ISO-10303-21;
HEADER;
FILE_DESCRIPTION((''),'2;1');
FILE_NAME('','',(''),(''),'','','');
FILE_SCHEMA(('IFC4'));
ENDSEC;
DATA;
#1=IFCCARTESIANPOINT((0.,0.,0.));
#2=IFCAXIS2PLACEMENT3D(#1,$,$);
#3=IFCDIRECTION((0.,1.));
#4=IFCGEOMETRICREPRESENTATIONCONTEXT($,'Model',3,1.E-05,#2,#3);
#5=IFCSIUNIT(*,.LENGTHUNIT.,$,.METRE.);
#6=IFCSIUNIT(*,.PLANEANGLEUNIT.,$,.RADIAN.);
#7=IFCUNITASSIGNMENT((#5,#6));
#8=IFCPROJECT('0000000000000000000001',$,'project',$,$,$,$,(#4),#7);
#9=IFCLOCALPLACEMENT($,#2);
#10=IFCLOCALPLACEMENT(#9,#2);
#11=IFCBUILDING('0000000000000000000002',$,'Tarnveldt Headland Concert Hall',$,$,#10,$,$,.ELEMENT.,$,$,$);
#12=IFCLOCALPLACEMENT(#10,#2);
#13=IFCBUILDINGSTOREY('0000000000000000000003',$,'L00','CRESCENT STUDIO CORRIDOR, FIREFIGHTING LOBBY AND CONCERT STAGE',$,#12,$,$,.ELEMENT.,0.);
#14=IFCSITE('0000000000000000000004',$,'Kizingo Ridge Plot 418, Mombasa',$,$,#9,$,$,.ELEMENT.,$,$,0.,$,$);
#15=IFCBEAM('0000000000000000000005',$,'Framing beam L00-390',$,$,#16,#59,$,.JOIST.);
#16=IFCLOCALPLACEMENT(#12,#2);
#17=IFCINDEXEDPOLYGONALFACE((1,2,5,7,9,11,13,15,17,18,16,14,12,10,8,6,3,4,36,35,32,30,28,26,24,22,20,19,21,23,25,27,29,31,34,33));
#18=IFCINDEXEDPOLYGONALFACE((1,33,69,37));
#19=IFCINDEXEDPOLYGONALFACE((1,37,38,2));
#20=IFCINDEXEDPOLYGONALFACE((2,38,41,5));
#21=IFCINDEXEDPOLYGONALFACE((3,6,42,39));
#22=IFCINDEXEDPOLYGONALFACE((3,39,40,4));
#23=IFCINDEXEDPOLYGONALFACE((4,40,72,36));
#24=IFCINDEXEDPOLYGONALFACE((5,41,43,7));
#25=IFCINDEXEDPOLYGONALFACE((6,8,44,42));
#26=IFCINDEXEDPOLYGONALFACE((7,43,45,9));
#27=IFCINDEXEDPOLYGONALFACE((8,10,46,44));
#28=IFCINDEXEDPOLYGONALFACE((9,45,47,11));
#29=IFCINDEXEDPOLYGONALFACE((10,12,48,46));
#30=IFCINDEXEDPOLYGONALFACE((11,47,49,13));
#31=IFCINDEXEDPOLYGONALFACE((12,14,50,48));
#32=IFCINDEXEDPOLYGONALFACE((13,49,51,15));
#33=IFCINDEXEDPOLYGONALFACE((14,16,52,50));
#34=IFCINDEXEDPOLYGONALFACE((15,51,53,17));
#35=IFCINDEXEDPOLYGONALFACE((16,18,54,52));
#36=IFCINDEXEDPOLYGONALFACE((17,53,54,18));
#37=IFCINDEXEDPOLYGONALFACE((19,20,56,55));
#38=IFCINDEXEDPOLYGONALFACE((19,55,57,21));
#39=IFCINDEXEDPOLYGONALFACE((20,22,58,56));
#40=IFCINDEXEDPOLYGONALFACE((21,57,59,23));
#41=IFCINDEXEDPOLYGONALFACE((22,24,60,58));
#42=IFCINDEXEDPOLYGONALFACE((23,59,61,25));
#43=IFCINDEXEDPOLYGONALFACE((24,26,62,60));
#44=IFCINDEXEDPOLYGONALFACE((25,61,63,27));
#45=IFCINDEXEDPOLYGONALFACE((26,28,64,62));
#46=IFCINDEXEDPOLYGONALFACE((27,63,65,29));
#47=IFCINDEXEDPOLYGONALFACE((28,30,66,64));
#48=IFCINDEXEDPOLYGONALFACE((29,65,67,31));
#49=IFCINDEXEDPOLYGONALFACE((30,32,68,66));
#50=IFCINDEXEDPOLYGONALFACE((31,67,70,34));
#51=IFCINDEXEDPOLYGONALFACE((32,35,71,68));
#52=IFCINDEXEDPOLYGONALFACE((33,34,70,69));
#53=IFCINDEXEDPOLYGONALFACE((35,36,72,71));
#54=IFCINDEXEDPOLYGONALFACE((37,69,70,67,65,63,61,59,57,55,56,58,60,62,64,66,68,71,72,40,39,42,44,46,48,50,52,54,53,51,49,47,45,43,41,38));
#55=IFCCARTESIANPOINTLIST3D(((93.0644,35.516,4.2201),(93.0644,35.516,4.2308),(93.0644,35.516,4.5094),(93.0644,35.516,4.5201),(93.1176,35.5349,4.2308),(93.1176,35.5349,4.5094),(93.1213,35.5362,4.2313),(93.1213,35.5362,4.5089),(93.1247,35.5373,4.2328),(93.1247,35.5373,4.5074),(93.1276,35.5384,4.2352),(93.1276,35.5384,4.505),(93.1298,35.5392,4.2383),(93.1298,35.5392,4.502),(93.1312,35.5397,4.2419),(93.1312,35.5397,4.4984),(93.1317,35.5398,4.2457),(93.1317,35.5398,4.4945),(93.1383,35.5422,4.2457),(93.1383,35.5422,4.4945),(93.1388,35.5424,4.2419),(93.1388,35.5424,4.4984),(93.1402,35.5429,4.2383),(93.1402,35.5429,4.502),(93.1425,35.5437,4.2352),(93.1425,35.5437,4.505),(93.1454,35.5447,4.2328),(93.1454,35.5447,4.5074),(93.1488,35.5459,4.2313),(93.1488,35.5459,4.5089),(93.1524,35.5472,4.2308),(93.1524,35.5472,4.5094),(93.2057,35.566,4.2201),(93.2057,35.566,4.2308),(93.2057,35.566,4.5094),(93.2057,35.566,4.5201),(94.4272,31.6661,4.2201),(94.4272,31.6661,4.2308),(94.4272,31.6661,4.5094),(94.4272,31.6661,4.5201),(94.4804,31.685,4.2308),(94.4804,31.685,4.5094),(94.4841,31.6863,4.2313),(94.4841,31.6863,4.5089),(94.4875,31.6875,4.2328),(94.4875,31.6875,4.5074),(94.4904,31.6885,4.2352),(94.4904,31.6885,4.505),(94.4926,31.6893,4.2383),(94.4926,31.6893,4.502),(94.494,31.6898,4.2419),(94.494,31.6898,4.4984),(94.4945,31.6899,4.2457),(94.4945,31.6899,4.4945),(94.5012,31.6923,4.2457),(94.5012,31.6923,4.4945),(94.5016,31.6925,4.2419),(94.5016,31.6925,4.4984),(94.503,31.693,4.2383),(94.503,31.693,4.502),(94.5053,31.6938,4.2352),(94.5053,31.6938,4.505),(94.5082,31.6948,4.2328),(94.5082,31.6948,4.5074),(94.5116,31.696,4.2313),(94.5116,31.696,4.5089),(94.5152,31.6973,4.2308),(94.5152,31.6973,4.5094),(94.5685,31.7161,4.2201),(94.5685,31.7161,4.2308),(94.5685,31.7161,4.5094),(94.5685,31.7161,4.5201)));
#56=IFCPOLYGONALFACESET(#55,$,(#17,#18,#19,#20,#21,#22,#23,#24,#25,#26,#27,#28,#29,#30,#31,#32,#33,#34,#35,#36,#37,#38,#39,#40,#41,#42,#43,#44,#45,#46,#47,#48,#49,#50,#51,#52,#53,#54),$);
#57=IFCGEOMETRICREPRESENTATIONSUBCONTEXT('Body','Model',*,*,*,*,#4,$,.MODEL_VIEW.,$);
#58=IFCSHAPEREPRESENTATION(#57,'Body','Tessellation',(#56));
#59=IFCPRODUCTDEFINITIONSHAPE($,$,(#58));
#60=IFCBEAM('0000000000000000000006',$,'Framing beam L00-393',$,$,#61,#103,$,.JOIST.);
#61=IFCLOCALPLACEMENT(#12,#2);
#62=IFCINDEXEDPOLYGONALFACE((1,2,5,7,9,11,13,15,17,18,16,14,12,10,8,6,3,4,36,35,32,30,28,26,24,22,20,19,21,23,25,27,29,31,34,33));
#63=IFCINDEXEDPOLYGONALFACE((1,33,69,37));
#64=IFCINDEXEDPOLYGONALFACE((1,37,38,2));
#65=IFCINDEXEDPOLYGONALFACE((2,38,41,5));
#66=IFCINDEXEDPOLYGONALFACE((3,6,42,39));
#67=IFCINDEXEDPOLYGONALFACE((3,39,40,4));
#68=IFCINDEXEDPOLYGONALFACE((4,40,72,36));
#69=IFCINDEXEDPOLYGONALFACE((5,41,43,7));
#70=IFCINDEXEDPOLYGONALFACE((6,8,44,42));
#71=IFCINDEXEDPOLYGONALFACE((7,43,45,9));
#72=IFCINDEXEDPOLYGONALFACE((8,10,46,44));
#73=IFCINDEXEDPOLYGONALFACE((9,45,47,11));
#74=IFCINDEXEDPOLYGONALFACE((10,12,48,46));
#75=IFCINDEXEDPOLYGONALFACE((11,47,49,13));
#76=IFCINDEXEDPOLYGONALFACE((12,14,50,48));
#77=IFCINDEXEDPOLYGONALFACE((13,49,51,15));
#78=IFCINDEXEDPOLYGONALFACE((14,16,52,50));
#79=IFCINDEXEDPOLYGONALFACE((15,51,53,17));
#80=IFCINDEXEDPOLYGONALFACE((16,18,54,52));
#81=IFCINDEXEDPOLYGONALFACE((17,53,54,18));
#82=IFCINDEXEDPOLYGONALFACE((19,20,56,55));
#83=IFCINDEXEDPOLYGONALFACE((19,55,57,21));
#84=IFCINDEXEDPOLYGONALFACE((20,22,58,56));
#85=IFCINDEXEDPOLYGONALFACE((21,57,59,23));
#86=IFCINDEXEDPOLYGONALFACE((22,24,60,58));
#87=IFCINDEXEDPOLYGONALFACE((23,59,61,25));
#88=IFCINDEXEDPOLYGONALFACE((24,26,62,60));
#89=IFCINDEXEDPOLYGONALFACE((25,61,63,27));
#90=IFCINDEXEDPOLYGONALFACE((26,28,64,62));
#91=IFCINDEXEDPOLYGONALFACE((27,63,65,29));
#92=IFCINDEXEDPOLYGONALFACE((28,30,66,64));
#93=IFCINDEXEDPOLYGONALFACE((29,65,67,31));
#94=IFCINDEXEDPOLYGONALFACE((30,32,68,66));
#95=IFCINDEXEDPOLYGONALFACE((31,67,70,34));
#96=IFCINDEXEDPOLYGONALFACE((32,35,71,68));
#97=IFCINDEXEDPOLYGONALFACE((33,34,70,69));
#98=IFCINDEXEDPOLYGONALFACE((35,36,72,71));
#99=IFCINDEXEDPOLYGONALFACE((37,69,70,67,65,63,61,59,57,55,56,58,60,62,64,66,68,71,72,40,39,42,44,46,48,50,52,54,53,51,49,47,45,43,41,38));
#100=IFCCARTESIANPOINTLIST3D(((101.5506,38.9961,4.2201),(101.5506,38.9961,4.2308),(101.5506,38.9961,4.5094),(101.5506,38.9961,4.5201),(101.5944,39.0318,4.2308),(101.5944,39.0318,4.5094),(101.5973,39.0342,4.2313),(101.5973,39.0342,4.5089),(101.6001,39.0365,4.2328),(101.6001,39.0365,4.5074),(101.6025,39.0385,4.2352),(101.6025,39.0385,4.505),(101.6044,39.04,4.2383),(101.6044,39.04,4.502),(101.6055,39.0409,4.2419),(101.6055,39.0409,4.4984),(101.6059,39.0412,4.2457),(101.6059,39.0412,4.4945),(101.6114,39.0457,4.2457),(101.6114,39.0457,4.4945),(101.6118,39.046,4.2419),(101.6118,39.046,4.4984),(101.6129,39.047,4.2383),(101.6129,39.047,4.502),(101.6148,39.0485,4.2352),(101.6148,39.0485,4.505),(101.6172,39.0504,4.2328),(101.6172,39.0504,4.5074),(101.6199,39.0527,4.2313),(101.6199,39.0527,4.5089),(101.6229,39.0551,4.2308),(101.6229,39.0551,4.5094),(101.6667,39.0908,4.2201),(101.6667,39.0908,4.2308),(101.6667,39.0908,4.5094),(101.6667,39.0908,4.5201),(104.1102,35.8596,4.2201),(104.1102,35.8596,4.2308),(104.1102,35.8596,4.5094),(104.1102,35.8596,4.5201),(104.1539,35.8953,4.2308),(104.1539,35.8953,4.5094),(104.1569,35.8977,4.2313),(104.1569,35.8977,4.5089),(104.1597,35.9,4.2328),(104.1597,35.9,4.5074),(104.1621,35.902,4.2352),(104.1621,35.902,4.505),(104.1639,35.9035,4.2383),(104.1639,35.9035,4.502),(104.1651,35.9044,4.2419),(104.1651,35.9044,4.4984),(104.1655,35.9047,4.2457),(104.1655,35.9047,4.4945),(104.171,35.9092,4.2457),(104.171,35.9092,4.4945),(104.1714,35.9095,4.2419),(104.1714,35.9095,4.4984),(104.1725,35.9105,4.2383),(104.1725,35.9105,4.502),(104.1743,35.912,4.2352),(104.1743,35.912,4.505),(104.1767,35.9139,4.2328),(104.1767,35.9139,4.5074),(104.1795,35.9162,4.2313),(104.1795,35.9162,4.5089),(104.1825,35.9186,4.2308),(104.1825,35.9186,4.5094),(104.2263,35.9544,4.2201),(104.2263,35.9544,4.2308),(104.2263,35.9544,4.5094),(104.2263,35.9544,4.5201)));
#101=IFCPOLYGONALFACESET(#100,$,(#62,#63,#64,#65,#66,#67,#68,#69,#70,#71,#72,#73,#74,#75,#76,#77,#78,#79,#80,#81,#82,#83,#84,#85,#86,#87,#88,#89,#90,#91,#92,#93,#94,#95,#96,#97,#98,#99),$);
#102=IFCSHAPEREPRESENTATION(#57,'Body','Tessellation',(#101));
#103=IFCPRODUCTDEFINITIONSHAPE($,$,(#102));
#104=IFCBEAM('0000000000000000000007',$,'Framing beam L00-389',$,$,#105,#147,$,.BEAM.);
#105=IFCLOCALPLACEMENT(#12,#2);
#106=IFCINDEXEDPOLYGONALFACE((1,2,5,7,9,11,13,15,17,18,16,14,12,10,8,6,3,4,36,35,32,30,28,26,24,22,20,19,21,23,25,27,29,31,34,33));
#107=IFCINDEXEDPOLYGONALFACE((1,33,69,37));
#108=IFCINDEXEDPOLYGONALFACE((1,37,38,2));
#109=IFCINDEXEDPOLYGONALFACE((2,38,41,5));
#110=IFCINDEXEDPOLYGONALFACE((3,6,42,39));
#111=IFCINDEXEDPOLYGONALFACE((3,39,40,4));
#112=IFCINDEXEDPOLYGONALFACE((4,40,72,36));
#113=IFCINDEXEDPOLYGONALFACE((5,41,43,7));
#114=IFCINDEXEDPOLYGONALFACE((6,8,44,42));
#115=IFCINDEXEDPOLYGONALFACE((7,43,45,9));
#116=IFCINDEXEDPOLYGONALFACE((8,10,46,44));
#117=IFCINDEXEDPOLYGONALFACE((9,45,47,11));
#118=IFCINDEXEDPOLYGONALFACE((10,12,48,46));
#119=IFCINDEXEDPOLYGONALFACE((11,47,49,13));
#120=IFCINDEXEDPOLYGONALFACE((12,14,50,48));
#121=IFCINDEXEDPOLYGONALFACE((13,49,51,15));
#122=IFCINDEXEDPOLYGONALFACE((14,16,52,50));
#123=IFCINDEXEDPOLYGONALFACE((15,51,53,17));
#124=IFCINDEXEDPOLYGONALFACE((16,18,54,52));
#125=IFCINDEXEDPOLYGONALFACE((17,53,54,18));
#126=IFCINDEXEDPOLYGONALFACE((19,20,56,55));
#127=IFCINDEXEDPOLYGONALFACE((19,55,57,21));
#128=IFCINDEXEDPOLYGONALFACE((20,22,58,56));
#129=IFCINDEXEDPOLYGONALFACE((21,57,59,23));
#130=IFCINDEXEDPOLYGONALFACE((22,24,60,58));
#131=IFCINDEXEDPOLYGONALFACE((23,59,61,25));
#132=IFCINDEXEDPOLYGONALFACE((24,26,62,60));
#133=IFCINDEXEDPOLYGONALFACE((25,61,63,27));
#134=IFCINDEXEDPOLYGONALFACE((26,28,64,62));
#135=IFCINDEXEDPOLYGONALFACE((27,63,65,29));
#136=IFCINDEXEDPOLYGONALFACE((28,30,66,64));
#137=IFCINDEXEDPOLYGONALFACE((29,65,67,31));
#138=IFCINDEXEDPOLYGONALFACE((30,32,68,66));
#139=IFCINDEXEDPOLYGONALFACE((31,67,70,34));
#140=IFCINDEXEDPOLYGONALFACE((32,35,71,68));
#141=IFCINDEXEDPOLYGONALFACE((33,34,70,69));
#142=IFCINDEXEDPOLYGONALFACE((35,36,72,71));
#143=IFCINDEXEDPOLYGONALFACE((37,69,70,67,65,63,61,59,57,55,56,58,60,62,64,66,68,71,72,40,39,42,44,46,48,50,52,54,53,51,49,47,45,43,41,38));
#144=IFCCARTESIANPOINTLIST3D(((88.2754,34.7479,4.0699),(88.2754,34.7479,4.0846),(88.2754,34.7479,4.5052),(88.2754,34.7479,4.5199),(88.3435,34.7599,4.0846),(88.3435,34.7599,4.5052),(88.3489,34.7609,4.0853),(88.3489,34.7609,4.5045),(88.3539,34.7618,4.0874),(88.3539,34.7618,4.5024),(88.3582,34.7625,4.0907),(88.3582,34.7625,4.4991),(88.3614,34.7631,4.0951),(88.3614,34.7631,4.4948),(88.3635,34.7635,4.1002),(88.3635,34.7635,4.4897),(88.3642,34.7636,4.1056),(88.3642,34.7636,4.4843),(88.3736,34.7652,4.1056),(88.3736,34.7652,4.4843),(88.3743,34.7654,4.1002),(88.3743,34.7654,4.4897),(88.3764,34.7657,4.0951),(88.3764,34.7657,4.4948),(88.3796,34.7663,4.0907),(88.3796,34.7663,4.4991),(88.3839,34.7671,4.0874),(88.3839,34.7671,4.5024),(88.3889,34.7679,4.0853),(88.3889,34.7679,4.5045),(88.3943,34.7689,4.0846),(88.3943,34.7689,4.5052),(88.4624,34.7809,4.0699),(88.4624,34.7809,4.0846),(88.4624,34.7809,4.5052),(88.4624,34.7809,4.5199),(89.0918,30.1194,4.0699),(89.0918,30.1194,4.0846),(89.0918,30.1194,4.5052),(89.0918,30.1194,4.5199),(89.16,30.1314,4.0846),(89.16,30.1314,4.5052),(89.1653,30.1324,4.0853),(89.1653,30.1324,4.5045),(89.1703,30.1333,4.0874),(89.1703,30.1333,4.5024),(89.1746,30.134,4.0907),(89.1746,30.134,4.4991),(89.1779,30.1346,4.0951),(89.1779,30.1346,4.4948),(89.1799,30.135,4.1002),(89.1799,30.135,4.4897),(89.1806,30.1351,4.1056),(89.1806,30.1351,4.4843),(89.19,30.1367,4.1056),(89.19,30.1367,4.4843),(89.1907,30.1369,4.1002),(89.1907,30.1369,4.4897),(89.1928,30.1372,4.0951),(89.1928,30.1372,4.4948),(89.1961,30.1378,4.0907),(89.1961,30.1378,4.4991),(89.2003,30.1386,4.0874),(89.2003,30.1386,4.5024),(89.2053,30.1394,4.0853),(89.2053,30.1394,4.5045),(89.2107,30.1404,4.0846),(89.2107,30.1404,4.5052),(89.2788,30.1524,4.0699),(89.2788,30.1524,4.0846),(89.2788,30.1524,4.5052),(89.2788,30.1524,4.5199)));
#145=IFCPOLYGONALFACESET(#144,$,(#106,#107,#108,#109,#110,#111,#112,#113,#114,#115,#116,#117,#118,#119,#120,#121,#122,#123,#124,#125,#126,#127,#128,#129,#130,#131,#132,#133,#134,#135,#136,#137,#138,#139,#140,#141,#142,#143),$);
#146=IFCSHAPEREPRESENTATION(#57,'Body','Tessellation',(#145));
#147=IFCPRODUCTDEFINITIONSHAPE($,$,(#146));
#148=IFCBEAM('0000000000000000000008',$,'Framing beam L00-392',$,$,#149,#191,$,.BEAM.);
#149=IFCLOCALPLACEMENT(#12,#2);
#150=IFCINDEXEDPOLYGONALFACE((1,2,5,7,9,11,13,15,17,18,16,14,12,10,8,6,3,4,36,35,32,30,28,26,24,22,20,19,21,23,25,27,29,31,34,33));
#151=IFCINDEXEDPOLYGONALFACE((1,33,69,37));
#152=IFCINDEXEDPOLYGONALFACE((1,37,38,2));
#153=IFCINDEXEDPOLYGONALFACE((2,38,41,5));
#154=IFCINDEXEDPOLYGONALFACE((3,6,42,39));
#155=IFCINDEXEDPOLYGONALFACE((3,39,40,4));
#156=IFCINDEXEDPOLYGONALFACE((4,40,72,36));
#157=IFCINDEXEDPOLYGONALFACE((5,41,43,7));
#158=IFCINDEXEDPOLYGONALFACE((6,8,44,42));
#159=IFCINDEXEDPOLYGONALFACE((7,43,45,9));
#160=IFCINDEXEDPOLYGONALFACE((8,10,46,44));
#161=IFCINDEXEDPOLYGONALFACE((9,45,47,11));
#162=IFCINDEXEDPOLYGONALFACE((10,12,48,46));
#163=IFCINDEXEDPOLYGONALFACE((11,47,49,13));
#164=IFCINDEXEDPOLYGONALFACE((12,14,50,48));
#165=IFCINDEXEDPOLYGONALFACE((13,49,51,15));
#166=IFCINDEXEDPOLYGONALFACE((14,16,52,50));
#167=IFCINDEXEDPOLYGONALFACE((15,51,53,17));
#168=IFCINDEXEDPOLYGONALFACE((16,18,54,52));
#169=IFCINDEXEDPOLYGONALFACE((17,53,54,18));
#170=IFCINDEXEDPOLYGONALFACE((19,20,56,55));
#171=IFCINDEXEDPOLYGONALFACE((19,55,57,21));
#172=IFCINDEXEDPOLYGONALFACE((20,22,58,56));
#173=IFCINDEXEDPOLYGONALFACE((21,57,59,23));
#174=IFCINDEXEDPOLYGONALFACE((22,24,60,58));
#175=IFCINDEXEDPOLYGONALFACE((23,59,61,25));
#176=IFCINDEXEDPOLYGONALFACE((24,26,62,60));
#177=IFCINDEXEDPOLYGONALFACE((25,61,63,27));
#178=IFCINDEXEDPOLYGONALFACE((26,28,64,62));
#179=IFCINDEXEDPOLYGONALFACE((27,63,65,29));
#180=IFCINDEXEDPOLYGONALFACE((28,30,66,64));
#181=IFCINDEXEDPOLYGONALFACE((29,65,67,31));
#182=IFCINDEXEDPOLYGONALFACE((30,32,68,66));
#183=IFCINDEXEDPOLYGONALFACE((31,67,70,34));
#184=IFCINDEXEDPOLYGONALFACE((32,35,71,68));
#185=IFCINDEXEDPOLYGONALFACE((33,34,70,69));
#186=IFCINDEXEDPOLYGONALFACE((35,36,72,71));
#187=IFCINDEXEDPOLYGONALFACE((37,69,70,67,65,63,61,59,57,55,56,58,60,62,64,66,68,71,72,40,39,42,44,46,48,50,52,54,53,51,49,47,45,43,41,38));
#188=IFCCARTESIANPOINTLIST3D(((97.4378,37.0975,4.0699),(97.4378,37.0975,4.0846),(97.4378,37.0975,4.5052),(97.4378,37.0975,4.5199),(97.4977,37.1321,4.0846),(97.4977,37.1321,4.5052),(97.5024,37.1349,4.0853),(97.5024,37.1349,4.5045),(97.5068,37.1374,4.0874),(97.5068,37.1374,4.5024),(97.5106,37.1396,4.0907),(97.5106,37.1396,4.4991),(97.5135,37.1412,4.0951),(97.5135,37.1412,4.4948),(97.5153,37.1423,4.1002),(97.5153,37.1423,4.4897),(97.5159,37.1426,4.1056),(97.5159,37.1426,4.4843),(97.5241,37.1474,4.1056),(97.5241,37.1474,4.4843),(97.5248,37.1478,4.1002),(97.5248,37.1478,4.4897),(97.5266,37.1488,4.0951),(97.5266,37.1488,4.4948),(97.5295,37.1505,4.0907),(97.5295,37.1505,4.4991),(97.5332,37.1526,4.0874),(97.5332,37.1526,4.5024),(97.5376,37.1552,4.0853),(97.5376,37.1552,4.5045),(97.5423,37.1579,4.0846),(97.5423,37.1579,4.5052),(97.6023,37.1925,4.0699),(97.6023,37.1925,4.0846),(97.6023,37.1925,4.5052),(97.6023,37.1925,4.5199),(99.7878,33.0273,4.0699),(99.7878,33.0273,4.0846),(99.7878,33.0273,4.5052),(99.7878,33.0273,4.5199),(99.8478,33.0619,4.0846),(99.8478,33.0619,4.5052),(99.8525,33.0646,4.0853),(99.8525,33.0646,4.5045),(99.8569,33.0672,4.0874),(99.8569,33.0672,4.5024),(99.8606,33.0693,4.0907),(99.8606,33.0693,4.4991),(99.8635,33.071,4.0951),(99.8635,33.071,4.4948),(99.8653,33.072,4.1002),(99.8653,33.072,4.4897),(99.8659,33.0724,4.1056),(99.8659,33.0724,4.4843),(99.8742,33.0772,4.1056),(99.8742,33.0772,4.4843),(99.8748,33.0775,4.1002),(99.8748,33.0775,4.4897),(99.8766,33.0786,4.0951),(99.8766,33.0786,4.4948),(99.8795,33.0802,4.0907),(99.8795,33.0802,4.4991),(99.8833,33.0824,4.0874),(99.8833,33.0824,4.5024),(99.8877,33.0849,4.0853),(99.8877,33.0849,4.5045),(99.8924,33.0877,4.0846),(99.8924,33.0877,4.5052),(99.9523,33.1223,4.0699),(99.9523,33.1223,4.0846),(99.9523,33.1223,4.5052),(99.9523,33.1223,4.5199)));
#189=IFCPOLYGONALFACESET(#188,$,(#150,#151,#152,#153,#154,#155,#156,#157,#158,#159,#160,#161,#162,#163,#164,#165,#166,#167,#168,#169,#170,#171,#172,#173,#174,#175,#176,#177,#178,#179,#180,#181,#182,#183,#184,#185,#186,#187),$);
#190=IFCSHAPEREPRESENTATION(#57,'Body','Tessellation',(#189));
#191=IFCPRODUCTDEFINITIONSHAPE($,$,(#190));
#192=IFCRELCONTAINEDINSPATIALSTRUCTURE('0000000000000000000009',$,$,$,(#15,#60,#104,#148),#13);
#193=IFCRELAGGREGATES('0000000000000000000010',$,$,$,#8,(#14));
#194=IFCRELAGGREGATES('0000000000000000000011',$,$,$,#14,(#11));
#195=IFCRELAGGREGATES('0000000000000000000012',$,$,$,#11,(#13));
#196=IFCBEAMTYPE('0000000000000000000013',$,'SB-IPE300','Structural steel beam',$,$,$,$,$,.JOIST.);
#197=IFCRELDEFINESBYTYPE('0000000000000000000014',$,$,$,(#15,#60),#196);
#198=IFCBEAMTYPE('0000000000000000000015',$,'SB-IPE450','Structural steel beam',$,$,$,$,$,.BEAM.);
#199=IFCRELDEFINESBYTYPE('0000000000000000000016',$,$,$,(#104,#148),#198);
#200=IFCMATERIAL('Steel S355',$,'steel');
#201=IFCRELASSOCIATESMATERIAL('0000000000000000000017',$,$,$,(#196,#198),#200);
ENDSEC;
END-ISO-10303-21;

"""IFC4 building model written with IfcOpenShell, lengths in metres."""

from ifc_helpers import new_model, si_unit, direction, frame, origin, origin_2d, place, context, subcontext, project, spatial, i_section, extrude, material, material_profile, profile_set, type_object, element, save


model = new_model("IFC4")

# Units and contexts
model_context = context("Model", 3, precision=1e-05, world=origin(), true_north=direction((0.0, 1.0)))
body_context = subcontext(model_context, "Body", "Model", "MODEL_VIEW")
ifc_project = project(units=[si_unit("LENGTHUNIT", "METRE"), si_unit("PLANEANGLEUNIT", "RADIAN")], contexts=[model_context])

# Site, building, storey
site_placement = place(None, origin())
site = spatial("IfcSite", under=ifc_project, at=site_placement, Name="Kizingo Ridge Plot 418, Mombasa", CompositionType="ELEMENT", RefElevation=0.0)
building_placement = place(site_placement, origin())
building = spatial("IfcBuilding", under=site, at=building_placement, Name="Tarnveldt Headland Concert Hall", CompositionType="ELEMENT")
storey_placement = place(building_placement, origin())
storey = spatial("IfcBuildingStorey", under=building, at=storey_placement, Name="L00", Description="CRESCENT STUDIO CORRIDOR, FIREFIGHTING LOBBY AND CONCERT STAGE", CompositionType="ELEMENT", Elevation=0.0)

# Shared definitions
ifc_material_1 = material(Name="Steel S355", Category="steel")

# Beams
ifc_material_profile_1 = material_profile(ifc_material_1, i_section(OverallWidth=0.1499, OverallDepth=0.3, WebThickness=0.0071, FlangeThickness=0.0107, FilletRadius=0.0149, at=origin_2d()), Name="IPE300", Category="steel")
ifc_profile_set_1 = profile_set([ifc_material_profile_1], Name="Steel S355")
beam_type_1 = type_object("IfcBeamType", Name="SB-IPE300", Description="Structural steel beam", PredefinedType="JOIST", material=ifc_profile_set_1)
beam_1_placement = place(storey_placement, frame((93.135, 35.541, 4.3701), z_axis=(0.333696, -0.942681, 0.0), x_axis=(0.942681, 0.333696, 0.0)))
element("IfcBeam", 1, at=beam_1_placement, inside=storey, type_object=beam_type_1, Name="Framing beam L00-390", PredefinedType="JOIST", context=body_context, shape_type="SweptSolid", body=[
    extrude(i_section(OverallWidth=0.1499, OverallDepth=0.3, WebThickness=0.0071, FlangeThickness=0.0107, FilletRadius=0.0149, at=origin_2d()), origin(), (0.0, 0.0, 1.0), 4.084),
])
beam_2_placement = place(storey_placement, frame((101.6086, 39.0435, 4.3701), z_axis=(0.632255, -0.77476, 0.0), x_axis=(0.77476, 0.632255, 0.0)))
element("IfcBeam", 2, at=beam_2_placement, inside=storey, type_object=beam_type_1, Name="Framing beam L00-393", PredefinedType="JOIST", context=body_context, shape_type="SweptSolid", body=[
    extrude(i_section(OverallWidth=0.1499, OverallDepth=0.3, WebThickness=0.0071, FlangeThickness=0.0107, FilletRadius=0.0149, at=origin_2d()), origin(), (0.0, 0.0, 1.0), 4.0483),
])
ifc_material_profile_2 = material_profile(ifc_material_1, i_section(OverallWidth=0.1899, OverallDepth=0.45, WebThickness=0.0095, FlangeThickness=0.0146, FilletRadius=0.021, at=origin_2d()), Name="IPE450", Category="steel")
ifc_profile_set_2 = profile_set([ifc_material_profile_2], Name="Steel S355")
beam_type_2 = type_object("IfcBeamType", Name="SB-IPE450", Description="Structural steel beam", PredefinedType="BEAM", material=ifc_profile_set_2)
for number, where, z_axis, x_axis, name in (
    (3, (88.3689, 34.7644, 4.2949), (0.173708, -0.984797, 0.0), (0.984797, 0.173708, 0.0), "Framing beam L00-389"),
    (4, (97.52, 37.145, 4.2949), (0.500016, -0.866016, 0.0), (0.866016, 0.500016, 0.0), "Framing beam L00-392"),
):
    element("IfcBeam", number, at=place(storey_placement, frame(where, z_axis=z_axis, x_axis=x_axis)), inside=storey, type_object=beam_type_2, Name=name, PredefinedType="BEAM", context=body_context, shape_type="SweptSolid", body=[
        extrude(i_section(OverallWidth=0.1899, OverallDepth=0.45, WebThickness=0.0095, FlangeThickness=0.0146, FilletRadius=0.021, at=origin_2d()), origin(), (0.0, 0.0, 1.0), 4.7),
    ])

save(model, "model.ifc")
